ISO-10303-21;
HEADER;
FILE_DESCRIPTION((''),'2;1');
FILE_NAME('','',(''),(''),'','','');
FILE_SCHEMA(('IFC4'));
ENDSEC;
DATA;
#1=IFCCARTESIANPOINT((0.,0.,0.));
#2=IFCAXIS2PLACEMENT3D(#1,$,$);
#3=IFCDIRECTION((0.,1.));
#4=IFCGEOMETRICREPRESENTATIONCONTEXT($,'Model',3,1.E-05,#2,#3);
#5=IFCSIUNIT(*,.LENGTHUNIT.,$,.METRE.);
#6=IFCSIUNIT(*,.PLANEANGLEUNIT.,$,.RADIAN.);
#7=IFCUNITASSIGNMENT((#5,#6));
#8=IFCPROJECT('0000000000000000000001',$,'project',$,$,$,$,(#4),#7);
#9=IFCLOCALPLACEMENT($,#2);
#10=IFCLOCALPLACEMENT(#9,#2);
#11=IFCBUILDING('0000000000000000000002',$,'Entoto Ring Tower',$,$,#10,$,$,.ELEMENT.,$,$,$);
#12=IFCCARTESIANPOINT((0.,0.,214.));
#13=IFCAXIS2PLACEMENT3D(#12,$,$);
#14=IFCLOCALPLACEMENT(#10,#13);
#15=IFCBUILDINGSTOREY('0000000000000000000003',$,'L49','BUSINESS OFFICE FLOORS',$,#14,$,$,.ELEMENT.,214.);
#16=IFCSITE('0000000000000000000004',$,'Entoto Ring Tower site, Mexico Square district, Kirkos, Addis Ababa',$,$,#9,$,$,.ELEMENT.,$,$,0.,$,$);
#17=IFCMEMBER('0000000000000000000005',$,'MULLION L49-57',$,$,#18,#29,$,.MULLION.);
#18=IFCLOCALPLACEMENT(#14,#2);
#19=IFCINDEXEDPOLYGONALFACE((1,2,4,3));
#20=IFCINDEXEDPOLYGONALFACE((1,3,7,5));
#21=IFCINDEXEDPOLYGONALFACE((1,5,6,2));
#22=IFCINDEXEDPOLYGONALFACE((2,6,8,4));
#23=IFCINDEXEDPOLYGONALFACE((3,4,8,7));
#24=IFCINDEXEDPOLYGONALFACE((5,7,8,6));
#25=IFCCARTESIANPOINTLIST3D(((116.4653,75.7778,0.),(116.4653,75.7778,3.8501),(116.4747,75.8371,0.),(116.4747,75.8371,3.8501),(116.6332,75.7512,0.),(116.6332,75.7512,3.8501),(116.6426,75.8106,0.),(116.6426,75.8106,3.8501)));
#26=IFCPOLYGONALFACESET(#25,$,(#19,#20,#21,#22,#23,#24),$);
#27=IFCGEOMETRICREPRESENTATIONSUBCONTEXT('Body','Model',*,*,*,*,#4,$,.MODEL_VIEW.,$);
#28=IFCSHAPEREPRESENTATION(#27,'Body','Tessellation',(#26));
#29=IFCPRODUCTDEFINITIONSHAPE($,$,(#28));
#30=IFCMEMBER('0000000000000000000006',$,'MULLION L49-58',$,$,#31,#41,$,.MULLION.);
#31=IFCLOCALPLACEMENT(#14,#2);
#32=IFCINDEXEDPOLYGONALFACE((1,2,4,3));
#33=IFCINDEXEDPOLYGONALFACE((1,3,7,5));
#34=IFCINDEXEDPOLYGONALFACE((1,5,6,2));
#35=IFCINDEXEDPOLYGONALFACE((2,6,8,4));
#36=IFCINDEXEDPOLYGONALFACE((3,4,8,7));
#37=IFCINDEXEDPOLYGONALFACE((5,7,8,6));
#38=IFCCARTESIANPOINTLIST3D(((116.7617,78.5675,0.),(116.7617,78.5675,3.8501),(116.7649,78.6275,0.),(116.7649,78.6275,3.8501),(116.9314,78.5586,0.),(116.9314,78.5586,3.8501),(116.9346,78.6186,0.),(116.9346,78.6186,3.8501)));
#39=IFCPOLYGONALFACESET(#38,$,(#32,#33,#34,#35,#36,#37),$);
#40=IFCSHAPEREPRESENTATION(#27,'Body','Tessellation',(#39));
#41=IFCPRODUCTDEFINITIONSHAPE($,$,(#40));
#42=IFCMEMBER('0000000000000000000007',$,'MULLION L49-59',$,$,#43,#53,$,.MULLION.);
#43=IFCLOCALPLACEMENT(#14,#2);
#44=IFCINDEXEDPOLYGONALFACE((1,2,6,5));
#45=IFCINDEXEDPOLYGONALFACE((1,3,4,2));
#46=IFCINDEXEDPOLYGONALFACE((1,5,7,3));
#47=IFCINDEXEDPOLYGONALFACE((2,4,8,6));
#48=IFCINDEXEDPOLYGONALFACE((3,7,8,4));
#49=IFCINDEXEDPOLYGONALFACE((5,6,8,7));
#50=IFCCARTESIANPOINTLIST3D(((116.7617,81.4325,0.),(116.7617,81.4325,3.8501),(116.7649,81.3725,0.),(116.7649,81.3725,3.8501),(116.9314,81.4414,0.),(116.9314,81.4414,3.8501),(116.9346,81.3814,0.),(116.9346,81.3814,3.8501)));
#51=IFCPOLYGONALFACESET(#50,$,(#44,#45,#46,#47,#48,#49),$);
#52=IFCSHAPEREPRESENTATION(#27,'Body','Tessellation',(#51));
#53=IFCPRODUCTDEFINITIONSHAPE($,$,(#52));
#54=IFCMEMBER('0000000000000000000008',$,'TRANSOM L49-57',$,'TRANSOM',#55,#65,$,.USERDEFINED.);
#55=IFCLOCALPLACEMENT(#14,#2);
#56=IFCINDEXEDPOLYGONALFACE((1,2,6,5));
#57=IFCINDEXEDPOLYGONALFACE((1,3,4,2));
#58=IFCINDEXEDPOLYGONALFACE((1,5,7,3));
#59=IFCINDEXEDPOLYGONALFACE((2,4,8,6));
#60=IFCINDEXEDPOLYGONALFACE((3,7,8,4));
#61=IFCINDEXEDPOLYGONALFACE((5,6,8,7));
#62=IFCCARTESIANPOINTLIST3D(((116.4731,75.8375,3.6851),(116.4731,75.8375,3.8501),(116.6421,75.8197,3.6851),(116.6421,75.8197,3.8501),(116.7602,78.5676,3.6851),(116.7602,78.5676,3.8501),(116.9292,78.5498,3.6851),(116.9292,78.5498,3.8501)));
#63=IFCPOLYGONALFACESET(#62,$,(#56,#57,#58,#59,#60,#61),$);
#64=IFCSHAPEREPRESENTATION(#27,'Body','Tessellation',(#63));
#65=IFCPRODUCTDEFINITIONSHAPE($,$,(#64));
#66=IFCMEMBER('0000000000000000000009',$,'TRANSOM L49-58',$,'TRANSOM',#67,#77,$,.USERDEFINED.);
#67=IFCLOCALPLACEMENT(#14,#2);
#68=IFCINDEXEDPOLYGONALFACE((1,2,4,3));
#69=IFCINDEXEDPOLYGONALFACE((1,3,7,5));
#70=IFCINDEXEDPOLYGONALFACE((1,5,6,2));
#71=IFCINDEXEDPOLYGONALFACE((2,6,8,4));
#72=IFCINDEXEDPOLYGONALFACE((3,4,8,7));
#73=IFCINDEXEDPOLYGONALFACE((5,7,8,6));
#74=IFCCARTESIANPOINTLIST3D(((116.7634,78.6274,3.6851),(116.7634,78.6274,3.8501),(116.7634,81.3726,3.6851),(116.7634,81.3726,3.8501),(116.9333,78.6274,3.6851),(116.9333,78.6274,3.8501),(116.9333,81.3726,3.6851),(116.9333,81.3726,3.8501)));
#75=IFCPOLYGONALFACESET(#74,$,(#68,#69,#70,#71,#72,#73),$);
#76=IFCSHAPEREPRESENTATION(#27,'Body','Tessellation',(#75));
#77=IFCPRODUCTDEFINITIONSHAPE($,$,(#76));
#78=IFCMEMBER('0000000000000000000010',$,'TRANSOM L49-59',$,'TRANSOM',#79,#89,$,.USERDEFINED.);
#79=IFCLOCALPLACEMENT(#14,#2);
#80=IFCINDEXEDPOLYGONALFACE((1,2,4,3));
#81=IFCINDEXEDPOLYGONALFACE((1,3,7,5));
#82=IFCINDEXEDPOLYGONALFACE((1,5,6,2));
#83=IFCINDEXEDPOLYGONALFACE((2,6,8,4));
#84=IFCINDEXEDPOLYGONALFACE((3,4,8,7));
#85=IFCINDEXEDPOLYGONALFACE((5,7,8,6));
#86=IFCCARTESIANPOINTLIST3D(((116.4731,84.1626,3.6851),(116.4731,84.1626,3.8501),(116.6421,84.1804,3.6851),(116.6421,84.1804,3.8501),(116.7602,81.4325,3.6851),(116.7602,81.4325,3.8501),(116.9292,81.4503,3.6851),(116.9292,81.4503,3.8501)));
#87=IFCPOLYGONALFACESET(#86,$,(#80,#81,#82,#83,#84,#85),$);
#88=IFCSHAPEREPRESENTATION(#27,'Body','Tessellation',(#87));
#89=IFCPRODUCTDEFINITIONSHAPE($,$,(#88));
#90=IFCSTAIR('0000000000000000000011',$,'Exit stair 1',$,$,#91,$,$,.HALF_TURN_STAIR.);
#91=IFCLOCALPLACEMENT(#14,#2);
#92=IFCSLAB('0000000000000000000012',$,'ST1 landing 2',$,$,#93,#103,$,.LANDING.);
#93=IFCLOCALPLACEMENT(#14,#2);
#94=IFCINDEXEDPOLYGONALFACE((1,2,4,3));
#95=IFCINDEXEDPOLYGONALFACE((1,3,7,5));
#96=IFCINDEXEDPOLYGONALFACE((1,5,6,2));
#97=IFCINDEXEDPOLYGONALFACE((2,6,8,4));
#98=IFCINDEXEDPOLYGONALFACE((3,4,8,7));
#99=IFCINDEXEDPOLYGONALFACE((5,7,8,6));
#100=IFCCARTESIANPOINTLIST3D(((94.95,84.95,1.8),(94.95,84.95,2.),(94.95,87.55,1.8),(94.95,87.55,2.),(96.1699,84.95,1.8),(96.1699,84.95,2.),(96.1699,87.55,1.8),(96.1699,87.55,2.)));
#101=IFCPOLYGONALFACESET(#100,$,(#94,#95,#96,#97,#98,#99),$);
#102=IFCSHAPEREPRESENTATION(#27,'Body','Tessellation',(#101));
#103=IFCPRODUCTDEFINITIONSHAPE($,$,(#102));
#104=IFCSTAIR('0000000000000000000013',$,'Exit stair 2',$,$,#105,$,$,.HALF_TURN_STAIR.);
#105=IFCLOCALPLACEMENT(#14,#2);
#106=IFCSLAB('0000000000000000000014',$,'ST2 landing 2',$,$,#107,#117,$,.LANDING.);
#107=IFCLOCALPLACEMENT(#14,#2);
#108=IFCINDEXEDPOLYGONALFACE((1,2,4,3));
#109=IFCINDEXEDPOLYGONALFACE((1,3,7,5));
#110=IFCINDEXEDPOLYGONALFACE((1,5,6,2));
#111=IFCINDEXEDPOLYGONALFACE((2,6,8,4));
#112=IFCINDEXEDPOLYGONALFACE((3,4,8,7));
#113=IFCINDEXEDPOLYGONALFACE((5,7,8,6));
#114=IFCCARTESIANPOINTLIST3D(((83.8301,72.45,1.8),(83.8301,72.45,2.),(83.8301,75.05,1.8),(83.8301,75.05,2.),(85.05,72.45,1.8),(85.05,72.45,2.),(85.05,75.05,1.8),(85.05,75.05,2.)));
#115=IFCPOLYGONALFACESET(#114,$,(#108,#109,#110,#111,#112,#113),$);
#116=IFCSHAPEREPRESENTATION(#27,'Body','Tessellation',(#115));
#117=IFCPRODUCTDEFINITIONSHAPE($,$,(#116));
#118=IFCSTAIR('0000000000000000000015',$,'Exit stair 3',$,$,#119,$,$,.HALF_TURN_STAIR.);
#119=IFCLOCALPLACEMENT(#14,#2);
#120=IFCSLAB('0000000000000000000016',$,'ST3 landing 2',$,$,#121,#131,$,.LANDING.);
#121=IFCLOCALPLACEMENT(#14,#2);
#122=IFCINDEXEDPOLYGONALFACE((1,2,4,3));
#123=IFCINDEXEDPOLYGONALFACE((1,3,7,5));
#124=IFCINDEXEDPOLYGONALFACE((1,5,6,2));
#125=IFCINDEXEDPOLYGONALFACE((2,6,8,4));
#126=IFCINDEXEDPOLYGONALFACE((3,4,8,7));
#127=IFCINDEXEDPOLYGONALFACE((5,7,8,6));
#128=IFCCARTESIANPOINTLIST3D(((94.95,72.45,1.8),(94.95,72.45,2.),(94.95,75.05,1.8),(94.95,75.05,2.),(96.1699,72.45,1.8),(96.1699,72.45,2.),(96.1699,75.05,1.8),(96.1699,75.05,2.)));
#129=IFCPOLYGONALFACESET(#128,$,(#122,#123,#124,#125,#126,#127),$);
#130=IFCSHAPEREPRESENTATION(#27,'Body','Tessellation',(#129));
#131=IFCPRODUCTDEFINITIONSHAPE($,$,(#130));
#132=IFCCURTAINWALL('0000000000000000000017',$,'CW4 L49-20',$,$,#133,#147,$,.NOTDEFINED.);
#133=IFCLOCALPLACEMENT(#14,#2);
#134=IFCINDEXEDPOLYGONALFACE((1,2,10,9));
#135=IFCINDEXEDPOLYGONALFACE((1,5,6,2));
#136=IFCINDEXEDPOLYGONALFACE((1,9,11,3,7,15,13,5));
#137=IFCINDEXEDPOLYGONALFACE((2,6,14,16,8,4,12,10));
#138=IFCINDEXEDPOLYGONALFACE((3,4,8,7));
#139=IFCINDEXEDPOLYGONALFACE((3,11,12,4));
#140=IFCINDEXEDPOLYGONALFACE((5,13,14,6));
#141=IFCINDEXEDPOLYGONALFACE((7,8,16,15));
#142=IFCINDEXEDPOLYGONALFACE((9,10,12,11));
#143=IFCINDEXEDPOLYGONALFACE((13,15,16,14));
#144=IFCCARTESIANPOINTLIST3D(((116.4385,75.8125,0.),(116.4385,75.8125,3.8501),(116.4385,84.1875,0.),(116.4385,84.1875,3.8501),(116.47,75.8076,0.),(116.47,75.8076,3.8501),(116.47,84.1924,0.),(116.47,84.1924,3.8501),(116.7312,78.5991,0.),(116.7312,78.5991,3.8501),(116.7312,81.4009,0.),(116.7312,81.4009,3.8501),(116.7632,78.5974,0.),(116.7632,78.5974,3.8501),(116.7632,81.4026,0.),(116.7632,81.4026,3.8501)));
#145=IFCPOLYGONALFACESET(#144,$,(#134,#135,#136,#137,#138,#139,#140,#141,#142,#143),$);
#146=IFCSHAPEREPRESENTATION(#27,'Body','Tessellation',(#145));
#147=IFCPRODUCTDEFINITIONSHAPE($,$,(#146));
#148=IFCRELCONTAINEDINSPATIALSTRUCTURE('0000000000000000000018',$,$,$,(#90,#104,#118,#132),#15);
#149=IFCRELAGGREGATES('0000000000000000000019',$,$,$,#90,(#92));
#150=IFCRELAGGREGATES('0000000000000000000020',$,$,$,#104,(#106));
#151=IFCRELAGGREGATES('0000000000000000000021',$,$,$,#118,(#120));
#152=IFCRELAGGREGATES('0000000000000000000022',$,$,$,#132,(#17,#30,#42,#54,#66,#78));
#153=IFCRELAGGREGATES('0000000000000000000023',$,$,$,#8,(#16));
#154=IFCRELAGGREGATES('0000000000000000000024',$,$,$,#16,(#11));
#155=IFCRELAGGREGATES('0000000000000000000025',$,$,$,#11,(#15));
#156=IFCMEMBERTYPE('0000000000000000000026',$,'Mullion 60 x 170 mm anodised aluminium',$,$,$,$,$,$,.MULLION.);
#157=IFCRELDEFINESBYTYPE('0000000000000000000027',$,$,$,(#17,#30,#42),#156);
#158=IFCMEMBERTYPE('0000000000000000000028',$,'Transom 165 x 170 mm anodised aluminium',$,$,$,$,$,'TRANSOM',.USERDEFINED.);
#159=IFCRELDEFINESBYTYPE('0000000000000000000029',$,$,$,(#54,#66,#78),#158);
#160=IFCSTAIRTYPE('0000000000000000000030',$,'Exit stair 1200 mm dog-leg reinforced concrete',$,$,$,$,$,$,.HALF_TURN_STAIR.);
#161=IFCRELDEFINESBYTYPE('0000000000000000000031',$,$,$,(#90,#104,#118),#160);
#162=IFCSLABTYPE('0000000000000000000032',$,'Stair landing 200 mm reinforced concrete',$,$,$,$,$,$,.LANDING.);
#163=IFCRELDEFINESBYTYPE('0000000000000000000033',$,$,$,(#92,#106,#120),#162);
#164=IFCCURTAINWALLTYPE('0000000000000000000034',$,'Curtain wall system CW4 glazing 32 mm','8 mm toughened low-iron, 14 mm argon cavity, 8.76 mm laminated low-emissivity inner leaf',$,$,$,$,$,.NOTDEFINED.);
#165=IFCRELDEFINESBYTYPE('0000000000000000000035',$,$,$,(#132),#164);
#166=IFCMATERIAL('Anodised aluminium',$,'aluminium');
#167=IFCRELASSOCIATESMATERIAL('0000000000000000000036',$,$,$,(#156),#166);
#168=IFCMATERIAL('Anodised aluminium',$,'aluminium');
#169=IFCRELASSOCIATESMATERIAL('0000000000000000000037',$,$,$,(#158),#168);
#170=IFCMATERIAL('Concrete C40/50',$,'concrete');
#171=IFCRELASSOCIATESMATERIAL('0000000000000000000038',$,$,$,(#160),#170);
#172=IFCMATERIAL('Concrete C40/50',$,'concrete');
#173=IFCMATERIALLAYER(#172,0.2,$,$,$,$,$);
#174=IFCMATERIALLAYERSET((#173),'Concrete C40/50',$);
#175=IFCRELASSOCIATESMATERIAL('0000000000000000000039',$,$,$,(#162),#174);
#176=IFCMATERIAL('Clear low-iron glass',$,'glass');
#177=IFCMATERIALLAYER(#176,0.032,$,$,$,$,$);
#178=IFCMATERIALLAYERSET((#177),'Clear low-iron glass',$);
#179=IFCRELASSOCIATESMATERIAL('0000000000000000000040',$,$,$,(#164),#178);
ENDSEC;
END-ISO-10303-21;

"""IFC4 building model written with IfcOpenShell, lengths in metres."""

from ifc_helpers import new_model, si_unit, direction, frame, origin, origin_2d, place, context, subcontext, project, spatial, polyline, rectangle, outline, extrude, material, layer, layer_set, material_profile, profile_set, type_object, element, aggregate, save


model = new_model("IFC4")

# Units and contexts
model_context = context("Model", 3, precision=1e-05, world=origin(), true_north=direction((0.0, 1.0)))
body_context = subcontext(model_context, "Body", "Model", "MODEL_VIEW")
ifc_project = project(units=[si_unit("LENGTHUNIT", "METRE"), si_unit("PLANEANGLEUNIT", "RADIAN")], contexts=[model_context])

# Members
ifc_material_1 = material(Name="Anodised aluminium", Category="aluminium")
ifc_material_profile_1 = material_profile(ifc_material_1, rectangle(XDim=0.0601, YDim=0.1699, at=origin_2d()), Name="Mullion 60 x 170 mm anodised aluminium")
ifc_profile_set_1 = profile_set([ifc_material_profile_1], Name="Anodised aluminium")
member_type_1 = type_object("IfcMemberType", Name="Mullion 60 x 170 mm anodised aluminium", PredefinedType="MULLION", material=ifc_profile_set_1)
site_placement = place(None, origin())
building_placement = place(site_placement, origin())
storey_placement = place(building_placement, frame((0.0, 0.0, 214.0)))
member_1_placement = place(storey_placement, frame((116.554, 75.7942, 0.0), z_axis=(0.0, 0.0, 1.0), x_axis=(0.156434, 0.987688, 0.0)))
member_1 = element("IfcMember", 1, at=member_1_placement, type_object=member_type_1, Name="MULLION L49-57", PredefinedType="MULLION", context=body_context, shape_type="SweptSolid", body=[
    extrude(rectangle(XDim=0.0601, YDim=0.1699, at=origin_2d()), origin(), (0.0, 0.0, 1.0), 3.8501),
])
member_2_placement = place(storey_placement, frame((116.8481, 78.593, 0.0), z_axis=(0.0, 0.0, 1.0), x_axis=(0.052336, 0.99863, 0.0)))
member_2 = element("IfcMember", 2, at=member_2_placement, type_object=member_type_1, Name="MULLION L49-58", PredefinedType="MULLION", context=body_context, shape_type="SweptSolid", body=[
    extrude(rectangle(XDim=0.0601, YDim=0.1699, at=origin_2d()), origin(), (0.0, 0.0, 1.0), 3.8501),
])
member_3_placement = place(storey_placement, frame((116.8481, 81.407, 0.0), z_axis=(0.0, 0.0, 1.0), x_axis=(-0.052336, 0.99863, 0.0)))
member_3 = element("IfcMember", 3, at=member_3_placement, type_object=member_type_1, Name="MULLION L49-59", PredefinedType="MULLION", context=body_context, shape_type="SweptSolid", body=[
    extrude(rectangle(XDim=0.0601, YDim=0.1699, at=origin_2d()), origin(), (0.0, 0.0, 1.0), 3.8501),
])
ifc_material_2 = material(Name="Anodised aluminium", Category="aluminium")
ifc_material_profile_2 = material_profile(ifc_material_2, rectangle(XDim=0.1699, YDim=0.165, at=origin_2d()), Name="Transom 165 x 170 mm anodised aluminium")
ifc_profile_set_2 = profile_set([ifc_material_profile_2], Name="Anodised aluminium")
member_type_2 = type_object("IfcMemberType", Name="Transom 165 x 170 mm anodised aluminium", ElementType="TRANSOM", PredefinedType="USERDEFINED", material=ifc_profile_set_2)
member_4_placement = place(storey_placement, frame((116.5576, 75.8286, 3.7676), z_axis=(0.104592, 0.994515, 0.0), x_axis=(-0.994515, 0.104592, 0.0)))
member_4 = element("IfcMember", 4, at=member_4_placement, type_object=member_type_2, Name="TRANSOM L49-57", ObjectType="TRANSOM", PredefinedType="USERDEFINED", context=body_context, shape_type="SweptSolid", body=[
    extrude(rectangle(XDim=0.1699, YDim=0.165, at=origin_2d()), origin(), (0.0, 0.0, 1.0), 2.7451),
])
member_5_placement = place(storey_placement, frame((116.8484, 78.6274, 3.7676), z_axis=(0.0, 1.0, 0.0), x_axis=(-1.0, 0.0, 0.0)))
member_5 = element("IfcMember", 5, at=member_5_placement, type_object=member_type_2, Name="TRANSOM L49-58", ObjectType="TRANSOM", PredefinedType="USERDEFINED", context=body_context, shape_type="SweptSolid", body=[
    extrude(rectangle(XDim=0.1699, YDim=0.165, at=origin_2d()), origin(), (0.0, 0.0, 1.0), 2.7451),
])
member_6_placement = place(storey_placement, frame((116.8447, 81.4414, 3.7676), z_axis=(-0.104592, 0.994515, 0.0), x_axis=(-0.994515, -0.104592, 0.0)))
member_6 = element("IfcMember", 6, at=member_6_placement, type_object=member_type_2, Name="TRANSOM L49-59", ObjectType="TRANSOM", PredefinedType="USERDEFINED", context=body_context, shape_type="SweptSolid", body=[
    extrude(rectangle(XDim=0.1699, YDim=0.165, at=origin_2d()), origin(), (0.0, 0.0, 1.0), 2.7451),
])

# Site, building, storey
site = spatial("IfcSite", under=ifc_project, at=site_placement, Name="Entoto Ring Tower site, Mexico Square district, Kirkos, Addis Ababa", CompositionType="ELEMENT", RefElevation=0.0)
building = spatial("IfcBuilding", under=site, at=building_placement, Name="Entoto Ring Tower", CompositionType="ELEMENT")
storey = spatial("IfcBuildingStorey", under=building, at=storey_placement, Name="L49", Description="BUSINESS OFFICE FLOORS", CompositionType="ELEMENT", Elevation=214.0)

# Stairs, slabs
ifc_material_3 = material(Name="Concrete C40/50", Category="concrete")
stair_type = type_object("IfcStairType", Name="Exit stair 1200 mm dog-leg reinforced concrete", PredefinedType="HALF_TURN_STAIR", material=ifc_material_3)
stair_1_placement = place(storey_placement, origin())
stair_1 = element("IfcStair", 7, at=stair_1_placement, inside=storey, type_object=stair_type, Name="Exit stair 1", PredefinedType="HALF_TURN_STAIR")
ifc_material_4 = material(Name="Concrete C40/50", Category="concrete")
ifc_layer_1 = layer(ifc_material_4, 0.2)
ifc_layer_set_1 = layer_set([ifc_layer_1], Name="Concrete C40/50")
slab_type = type_object("IfcSlabType", Name="Stair landing 200 mm reinforced concrete", PredefinedType="LANDING", material=ifc_layer_set_1)
slab_1_placement = place(storey_placement, frame((0.0, 0.0, 1.8)))
slab_1 = element("IfcSlab", 8, at=slab_1_placement, type_object=slab_type, Name="ST1 landing 2", PredefinedType="LANDING", context=body_context, shape_type="SweptSolid", body=[
    extrude(outline(polyline([(94.95, 84.95), (96.1699, 84.95), (96.1699, 87.55), (94.95, 87.55), (94.95, 84.95)])), origin(), (0.0, 0.0, 1.0), 0.2),
])
aggregate(stair_1, [slab_1])
stair_2_placement = place(storey_placement, origin())
stair_2 = element("IfcStair", 9, at=stair_2_placement, inside=storey, type_object=stair_type, Name="Exit stair 2", PredefinedType="HALF_TURN_STAIR")
slab_2_placement = place(storey_placement, frame((0.0, 0.0, 1.8)))
slab_2 = element("IfcSlab", 10, at=slab_2_placement, type_object=slab_type, Name="ST2 landing 2", PredefinedType="LANDING", context=body_context, shape_type="SweptSolid", body=[
    extrude(outline(polyline([(83.8301, 72.45), (85.05, 72.45), (85.05, 75.05), (83.8301, 75.05), (83.8301, 72.45)])), origin(), (0.0, 0.0, 1.0), 0.2),
])
aggregate(stair_2, [slab_2])
stair_3_placement = place(storey_placement, origin())
stair_3 = element("IfcStair", 11, at=stair_3_placement, inside=storey, type_object=stair_type, Name="Exit stair 3", PredefinedType="HALF_TURN_STAIR")
slab_3_placement = place(storey_placement, frame((0.0, 0.0, 1.8)))
slab_3 = element("IfcSlab", 12, at=slab_3_placement, type_object=slab_type, Name="ST3 landing 2", PredefinedType="LANDING", context=body_context, shape_type="SweptSolid", body=[
    extrude(outline(polyline([(94.95, 72.45), (96.1699, 72.45), (96.1699, 75.05), (94.95, 75.05), (94.95, 72.45)])), origin(), (0.0, 0.0, 1.0), 0.2),
])
aggregate(stair_3, [slab_3])

# Curtain wall
ifc_material_5 = material(Name="Clear low-iron glass", Category="glass")
ifc_layer_2 = layer(ifc_material_5, 0.032)
ifc_layer_set_2 = layer_set([ifc_layer_2], Name="Clear low-iron glass")
curtain_wall_type = type_object("IfcCurtainWallType", Name="Curtain wall system CW4 glazing 32 mm", Description="8 mm toughened low-iron, 14 mm argon cavity, 8.76 mm laminated low-emissivity inner leaf", PredefinedType="NOTDEFINED", material=ifc_layer_set_2)
curtain_wall_1_placement = place(storey_placement, origin())
curtain_wall_1 = element("IfcCurtainWall", 13, at=curtain_wall_1_placement, inside=storey, type_object=curtain_wall_type, Name="CW4 L49-20", PredefinedType="NOTDEFINED", context=body_context, shape_type="SweptSolid", body=[
    extrude(outline(polyline([(116.47, 75.8076), (116.7632, 78.5974), (116.7632, 81.4026), (116.47, 84.1924), (116.4385, 84.1875), (116.7312, 81.4009), (116.7312, 78.5991), (116.4385, 75.8125), (116.47, 75.8076)])), origin(), (0.0, 0.0, 1.0), 3.8501),
])
aggregate(curtain_wall_1, [member_1, member_2, member_3, member_4, member_5, member_6])

save(model, "model.ifc")
